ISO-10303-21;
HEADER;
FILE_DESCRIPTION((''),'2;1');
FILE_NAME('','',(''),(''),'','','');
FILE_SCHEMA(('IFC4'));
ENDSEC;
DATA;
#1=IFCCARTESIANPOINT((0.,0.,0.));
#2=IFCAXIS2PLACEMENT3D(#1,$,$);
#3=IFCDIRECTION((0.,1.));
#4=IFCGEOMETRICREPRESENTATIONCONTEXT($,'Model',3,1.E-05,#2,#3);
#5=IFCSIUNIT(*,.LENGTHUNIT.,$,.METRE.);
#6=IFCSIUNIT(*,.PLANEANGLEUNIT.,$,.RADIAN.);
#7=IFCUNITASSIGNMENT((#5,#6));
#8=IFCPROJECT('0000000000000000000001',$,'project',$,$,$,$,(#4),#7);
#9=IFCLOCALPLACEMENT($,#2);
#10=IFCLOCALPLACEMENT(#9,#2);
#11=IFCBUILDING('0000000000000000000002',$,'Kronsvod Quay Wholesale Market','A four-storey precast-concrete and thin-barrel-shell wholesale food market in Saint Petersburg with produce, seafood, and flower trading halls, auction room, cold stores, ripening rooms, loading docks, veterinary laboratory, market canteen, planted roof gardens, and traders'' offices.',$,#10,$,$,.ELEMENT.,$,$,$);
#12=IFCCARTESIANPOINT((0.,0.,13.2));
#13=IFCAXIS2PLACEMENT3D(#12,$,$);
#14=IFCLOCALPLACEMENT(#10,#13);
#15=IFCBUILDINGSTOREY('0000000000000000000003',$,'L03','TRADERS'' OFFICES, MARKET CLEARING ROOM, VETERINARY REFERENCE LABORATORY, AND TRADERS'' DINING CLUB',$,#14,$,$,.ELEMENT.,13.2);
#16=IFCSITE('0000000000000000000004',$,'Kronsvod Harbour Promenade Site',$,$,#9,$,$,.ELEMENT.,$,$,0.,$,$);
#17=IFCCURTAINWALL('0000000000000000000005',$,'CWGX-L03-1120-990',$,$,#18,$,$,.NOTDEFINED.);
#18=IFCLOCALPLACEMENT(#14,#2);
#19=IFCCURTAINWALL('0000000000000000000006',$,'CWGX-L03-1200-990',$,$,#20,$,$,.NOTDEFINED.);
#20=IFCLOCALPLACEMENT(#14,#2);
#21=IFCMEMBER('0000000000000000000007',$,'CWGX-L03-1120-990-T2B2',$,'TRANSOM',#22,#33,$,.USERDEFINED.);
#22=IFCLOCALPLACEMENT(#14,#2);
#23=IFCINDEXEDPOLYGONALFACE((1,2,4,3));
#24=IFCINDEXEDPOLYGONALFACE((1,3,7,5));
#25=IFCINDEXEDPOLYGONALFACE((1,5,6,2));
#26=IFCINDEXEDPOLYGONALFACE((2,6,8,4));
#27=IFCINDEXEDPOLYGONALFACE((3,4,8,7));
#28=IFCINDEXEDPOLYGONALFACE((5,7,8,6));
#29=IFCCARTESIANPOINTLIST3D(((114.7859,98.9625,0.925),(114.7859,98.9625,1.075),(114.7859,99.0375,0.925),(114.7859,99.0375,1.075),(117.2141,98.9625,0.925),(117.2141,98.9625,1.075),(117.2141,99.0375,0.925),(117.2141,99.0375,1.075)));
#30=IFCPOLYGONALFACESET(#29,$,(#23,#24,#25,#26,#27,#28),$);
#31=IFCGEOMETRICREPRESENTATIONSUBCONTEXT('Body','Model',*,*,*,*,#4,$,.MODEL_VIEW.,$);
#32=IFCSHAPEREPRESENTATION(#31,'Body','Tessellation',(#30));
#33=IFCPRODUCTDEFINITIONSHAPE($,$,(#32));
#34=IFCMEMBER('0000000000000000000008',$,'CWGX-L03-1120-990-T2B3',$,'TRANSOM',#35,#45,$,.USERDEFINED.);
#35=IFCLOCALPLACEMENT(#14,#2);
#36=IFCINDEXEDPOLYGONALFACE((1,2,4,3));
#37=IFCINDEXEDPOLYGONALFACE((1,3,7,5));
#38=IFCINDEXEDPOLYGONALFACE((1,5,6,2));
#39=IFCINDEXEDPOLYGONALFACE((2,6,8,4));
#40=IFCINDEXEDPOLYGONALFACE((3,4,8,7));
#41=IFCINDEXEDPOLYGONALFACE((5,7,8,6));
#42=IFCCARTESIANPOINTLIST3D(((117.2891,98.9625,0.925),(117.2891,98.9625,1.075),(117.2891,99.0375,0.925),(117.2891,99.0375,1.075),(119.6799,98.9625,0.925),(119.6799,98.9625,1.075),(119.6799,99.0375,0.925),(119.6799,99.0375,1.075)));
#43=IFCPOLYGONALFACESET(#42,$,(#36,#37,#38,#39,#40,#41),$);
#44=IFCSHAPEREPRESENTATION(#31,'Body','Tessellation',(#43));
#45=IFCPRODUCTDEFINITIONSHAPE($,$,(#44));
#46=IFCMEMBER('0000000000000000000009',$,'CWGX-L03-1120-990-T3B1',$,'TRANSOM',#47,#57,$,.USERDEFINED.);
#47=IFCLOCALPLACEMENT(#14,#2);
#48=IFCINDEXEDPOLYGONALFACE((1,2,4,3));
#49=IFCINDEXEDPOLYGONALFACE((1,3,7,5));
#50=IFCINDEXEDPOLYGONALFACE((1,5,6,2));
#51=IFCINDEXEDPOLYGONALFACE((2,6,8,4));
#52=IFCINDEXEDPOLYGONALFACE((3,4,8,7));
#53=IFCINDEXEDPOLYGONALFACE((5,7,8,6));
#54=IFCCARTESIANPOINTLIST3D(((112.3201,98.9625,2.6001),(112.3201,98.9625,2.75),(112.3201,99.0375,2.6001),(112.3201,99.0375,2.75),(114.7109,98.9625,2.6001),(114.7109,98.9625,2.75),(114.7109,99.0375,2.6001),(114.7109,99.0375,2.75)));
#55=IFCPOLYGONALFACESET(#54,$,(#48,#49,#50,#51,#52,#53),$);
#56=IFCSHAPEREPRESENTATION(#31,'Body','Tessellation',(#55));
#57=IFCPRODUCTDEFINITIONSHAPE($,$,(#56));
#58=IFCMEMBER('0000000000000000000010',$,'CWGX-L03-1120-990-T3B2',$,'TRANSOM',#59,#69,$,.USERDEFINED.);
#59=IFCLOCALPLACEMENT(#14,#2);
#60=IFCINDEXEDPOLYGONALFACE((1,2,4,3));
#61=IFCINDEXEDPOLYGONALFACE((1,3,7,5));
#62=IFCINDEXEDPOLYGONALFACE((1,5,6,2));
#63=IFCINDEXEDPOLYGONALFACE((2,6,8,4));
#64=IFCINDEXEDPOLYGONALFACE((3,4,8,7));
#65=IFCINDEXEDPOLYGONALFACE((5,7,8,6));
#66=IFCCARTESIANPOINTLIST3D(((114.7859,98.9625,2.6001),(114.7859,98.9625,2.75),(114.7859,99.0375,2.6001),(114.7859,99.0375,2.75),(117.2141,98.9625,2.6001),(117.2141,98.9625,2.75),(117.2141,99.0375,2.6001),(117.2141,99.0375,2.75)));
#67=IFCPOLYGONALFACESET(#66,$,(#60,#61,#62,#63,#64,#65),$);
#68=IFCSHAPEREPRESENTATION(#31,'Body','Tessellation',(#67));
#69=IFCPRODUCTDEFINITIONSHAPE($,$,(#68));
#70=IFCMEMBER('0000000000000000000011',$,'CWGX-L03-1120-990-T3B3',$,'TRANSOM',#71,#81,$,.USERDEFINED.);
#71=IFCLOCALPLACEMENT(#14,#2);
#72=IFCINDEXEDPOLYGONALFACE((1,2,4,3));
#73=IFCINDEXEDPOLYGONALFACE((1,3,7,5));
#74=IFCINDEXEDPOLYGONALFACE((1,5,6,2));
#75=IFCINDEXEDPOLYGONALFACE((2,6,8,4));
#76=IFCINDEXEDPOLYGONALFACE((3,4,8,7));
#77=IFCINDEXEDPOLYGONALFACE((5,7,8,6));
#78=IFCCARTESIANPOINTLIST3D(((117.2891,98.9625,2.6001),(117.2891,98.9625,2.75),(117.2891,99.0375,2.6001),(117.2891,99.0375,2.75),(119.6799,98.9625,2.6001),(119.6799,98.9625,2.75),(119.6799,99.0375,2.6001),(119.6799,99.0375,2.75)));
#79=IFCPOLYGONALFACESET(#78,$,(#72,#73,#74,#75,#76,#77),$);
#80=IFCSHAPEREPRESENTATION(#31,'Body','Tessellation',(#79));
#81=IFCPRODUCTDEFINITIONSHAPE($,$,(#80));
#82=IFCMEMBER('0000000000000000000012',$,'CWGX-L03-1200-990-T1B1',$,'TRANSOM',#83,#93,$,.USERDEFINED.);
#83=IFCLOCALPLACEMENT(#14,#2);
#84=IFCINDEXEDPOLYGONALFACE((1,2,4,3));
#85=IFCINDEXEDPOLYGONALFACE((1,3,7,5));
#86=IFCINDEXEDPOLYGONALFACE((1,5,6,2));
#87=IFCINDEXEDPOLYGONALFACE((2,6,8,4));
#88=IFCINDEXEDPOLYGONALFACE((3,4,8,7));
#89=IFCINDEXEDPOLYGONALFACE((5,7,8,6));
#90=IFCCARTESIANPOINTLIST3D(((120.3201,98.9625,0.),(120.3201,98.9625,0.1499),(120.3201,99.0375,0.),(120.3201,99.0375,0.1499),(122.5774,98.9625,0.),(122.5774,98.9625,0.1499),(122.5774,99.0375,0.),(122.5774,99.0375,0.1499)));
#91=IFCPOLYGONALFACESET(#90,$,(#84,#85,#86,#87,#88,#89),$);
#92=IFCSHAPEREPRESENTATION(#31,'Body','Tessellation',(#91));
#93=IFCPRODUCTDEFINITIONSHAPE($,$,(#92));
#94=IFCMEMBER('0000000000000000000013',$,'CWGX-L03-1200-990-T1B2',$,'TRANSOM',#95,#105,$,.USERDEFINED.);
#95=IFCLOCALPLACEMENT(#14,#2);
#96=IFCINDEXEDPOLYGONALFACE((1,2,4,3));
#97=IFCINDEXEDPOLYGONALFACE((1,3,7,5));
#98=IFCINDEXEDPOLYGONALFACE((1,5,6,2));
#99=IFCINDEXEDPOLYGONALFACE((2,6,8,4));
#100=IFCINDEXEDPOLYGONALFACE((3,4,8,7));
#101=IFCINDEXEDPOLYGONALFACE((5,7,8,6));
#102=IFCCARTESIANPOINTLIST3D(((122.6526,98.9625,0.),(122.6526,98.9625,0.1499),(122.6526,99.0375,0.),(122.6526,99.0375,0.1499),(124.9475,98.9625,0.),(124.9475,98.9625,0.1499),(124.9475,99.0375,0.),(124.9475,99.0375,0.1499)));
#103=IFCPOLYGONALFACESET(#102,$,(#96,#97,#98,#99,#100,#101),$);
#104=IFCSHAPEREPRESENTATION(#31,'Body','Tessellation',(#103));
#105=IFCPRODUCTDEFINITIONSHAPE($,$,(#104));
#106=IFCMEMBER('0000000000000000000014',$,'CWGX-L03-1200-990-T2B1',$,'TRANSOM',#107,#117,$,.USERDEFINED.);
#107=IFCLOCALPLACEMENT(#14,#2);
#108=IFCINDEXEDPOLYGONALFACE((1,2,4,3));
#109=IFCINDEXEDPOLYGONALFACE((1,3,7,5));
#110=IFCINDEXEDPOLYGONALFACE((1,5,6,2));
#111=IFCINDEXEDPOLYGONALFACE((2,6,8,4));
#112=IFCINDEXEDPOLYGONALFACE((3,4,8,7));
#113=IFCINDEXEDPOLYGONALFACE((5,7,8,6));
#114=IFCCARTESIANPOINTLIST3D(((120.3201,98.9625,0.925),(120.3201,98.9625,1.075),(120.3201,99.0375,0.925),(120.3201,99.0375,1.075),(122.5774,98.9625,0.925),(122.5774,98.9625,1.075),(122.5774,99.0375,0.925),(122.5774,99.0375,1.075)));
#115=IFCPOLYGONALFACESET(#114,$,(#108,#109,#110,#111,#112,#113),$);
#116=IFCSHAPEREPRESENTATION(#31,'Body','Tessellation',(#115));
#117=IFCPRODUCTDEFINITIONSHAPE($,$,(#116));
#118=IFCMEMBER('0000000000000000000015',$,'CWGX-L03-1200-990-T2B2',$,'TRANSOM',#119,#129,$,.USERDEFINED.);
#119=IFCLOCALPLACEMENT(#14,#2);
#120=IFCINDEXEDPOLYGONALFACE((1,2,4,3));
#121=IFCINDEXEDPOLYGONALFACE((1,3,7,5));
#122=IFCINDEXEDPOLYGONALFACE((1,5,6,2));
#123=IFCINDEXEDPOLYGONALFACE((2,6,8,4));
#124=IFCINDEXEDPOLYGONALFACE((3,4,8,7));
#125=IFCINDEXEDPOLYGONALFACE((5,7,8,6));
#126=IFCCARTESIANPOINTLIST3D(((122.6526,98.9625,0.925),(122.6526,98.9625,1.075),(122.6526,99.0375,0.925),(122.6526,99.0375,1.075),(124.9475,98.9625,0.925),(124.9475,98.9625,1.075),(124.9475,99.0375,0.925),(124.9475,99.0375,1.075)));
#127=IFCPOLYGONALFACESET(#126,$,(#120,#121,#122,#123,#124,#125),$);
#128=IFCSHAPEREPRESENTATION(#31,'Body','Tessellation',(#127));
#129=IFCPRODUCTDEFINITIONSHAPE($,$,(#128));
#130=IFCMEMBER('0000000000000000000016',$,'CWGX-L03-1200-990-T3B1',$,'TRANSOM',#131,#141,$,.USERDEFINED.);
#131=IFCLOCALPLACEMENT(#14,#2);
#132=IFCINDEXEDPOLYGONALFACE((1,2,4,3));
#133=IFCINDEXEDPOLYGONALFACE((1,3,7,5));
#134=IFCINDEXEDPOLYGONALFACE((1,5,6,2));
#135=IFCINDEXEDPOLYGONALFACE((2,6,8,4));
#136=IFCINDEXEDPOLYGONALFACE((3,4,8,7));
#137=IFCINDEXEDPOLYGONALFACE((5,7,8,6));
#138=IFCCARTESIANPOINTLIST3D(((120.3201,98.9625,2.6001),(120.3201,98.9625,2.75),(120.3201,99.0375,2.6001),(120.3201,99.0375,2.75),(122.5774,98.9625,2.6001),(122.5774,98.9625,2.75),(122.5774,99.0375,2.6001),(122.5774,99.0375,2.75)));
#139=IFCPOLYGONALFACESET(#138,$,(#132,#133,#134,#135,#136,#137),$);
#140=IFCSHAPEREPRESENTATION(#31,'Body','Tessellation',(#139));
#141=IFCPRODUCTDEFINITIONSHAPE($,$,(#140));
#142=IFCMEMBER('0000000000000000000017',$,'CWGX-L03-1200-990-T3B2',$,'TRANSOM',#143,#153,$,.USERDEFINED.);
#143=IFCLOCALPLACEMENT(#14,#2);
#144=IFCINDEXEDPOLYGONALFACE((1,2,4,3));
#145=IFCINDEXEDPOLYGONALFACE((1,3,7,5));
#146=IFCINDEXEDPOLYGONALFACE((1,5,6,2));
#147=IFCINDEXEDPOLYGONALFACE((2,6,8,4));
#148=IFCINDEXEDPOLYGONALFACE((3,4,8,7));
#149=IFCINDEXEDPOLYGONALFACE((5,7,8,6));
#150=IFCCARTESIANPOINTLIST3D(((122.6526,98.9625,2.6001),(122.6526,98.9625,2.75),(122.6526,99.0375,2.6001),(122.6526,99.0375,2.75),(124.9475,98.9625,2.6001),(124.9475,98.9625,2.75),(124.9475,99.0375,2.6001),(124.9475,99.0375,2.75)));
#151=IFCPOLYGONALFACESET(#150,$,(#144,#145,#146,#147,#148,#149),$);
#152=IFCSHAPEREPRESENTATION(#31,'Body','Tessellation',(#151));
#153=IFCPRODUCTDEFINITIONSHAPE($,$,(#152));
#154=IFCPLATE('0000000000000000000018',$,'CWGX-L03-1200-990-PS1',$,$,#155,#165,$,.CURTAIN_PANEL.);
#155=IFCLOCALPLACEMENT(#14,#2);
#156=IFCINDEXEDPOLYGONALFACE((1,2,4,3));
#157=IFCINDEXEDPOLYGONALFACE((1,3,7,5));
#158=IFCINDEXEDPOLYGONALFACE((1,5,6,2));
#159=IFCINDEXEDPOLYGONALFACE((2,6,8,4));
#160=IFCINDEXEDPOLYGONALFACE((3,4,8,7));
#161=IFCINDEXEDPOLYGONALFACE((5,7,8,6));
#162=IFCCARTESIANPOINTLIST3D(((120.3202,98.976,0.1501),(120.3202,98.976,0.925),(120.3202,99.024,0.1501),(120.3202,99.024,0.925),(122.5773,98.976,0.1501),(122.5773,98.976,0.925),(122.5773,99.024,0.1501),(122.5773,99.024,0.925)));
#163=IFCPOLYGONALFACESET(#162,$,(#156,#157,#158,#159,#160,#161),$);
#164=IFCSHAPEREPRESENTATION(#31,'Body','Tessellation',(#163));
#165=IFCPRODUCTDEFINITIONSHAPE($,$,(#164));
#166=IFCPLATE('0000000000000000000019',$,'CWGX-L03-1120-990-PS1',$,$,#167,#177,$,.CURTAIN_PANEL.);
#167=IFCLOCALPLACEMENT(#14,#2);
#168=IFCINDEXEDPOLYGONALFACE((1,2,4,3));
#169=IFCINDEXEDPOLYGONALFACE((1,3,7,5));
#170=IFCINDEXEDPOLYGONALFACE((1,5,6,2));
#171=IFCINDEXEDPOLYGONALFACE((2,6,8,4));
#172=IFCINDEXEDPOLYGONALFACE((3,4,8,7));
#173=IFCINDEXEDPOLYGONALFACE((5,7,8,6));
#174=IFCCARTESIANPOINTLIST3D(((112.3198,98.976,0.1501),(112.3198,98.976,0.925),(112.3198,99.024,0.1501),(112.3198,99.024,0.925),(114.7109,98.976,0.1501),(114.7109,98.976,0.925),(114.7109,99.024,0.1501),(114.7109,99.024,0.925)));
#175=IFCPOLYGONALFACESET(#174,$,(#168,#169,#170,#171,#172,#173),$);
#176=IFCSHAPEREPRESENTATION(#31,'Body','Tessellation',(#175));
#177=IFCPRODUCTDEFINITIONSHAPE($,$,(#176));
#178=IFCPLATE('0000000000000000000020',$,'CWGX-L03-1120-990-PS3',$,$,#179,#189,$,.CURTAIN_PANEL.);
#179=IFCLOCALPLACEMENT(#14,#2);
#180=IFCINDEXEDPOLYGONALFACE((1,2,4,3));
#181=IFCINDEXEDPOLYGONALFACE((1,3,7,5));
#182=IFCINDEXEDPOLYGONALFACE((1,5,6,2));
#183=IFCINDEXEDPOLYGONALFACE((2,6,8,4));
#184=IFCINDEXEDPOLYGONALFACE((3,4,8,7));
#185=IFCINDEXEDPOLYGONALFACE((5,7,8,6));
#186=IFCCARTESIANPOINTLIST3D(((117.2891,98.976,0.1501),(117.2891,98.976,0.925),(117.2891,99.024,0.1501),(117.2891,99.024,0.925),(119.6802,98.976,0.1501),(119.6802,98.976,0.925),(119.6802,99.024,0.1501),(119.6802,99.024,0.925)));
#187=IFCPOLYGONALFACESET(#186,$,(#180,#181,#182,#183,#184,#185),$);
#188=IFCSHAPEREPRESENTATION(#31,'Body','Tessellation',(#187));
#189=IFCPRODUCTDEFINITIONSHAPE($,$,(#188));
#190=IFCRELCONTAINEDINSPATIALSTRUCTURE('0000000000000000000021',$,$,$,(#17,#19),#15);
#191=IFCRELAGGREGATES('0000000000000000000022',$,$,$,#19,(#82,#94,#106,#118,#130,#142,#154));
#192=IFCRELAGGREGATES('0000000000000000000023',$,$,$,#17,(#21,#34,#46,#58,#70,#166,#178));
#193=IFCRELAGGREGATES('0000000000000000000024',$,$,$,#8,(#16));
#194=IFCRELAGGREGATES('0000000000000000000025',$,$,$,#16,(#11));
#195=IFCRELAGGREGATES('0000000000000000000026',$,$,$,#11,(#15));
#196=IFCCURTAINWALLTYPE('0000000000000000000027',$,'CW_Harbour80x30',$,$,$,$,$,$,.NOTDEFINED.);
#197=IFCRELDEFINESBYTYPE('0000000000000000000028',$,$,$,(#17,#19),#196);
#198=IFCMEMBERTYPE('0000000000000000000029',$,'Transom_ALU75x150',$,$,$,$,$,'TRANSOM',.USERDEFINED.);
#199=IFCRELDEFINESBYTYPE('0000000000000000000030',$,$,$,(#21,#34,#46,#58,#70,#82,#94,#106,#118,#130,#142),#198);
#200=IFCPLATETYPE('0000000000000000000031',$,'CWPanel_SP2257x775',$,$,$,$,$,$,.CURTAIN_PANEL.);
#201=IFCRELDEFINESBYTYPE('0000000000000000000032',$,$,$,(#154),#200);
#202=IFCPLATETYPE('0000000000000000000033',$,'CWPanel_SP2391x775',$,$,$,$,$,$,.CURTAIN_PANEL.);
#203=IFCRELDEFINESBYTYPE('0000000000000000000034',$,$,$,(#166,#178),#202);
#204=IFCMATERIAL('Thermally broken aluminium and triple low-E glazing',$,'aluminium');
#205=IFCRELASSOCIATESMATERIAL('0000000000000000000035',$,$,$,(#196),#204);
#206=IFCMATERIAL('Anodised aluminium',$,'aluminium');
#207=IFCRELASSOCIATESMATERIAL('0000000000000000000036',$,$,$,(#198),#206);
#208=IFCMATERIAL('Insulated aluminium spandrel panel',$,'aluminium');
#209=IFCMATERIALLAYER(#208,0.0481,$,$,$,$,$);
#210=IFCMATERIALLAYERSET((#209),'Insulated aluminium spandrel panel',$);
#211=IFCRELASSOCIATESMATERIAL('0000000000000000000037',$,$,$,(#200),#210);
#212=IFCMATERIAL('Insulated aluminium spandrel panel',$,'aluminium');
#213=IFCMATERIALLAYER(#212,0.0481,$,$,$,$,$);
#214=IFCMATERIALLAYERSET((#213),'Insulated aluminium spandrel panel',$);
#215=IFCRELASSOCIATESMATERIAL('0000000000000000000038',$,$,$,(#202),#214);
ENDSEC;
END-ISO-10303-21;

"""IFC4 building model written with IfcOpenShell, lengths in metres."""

from ifc_helpers import new_model, si_unit, direction, frame, origin, origin_2d, place, context, subcontext, project, spatial, rectangle, extrude, material, layer, layer_set, material_profile, profile_set, type_object, element, aggregate, save


model = new_model("IFC4")

# Units and contexts
model_context = context("Model", 3, precision=1e-05, world=origin(), true_north=direction((0.0, 1.0)))
body_context = subcontext(model_context, "Body", "Model", "MODEL_VIEW")
ifc_project = project(units=[si_unit("LENGTHUNIT", "METRE"), si_unit("PLANEANGLEUNIT", "RADIAN")], contexts=[model_context])

# Site, building, storey
site_placement = place(None, origin())
site = spatial("IfcSite", under=ifc_project, at=site_placement, Name="Kronsvod Harbour Promenade Site", CompositionType="ELEMENT", RefElevation=0.0)
building_placement = place(site_placement, origin())
building = spatial("IfcBuilding", under=site, at=building_placement, Name="Kronsvod Quay Wholesale Market", Description="A four-storey precast-concrete and thin-barrel-shell wholesale food market in Saint Petersburg with produce, seafood, and flower trading halls, auction room, cold stores, ripening rooms, loading docks, veterinary laboratory, market canteen, planted roof gardens, and traders' offices.", CompositionType="ELEMENT")
storey_placement = place(building_placement, frame((0.0, 0.0, 13.2)))
storey = spatial("IfcBuildingStorey", under=building, at=storey_placement, Name="L03", Description="TRADERS' OFFICES, MARKET CLEARING ROOM, VETERINARY REFERENCE LABORATORY, AND TRADERS' DINING CLUB", CompositionType="ELEMENT", Elevation=13.2)

# Curtain walls
ifc_material_1 = material(Name="Thermally broken aluminium and triple low-E glazing", Category="aluminium")
curtain_wall_type = type_object("IfcCurtainWallType", Name="CW_Harbour80x30", PredefinedType="NOTDEFINED", material=ifc_material_1)
curtain_wall_1_placement = place(storey_placement, origin())
curtain_wall_1 = element("IfcCurtainWall", 1, at=curtain_wall_1_placement, inside=storey, type_object=curtain_wall_type, Name="CWGX-L03-1120-990", PredefinedType="NOTDEFINED")
curtain_wall_2_placement = place(storey_placement, origin())
curtain_wall_2 = element("IfcCurtainWall", 2, at=curtain_wall_2_placement, inside=storey, type_object=curtain_wall_type, Name="CWGX-L03-1200-990", PredefinedType="NOTDEFINED")

# Members
ifc_material_2 = material(Name="Anodised aluminium", Category="aluminium")
ifc_material_profile_1 = material_profile(ifc_material_2, rectangle(XDim=0.075, YDim=0.1499, at=origin_2d()), Name="ALUT75x150")
ifc_profile_set_1 = profile_set([ifc_material_profile_1], Name="Anodised aluminium")
member_type_1 = type_object("IfcMemberType", Name="Transom_ALU75x150", ElementType="TRANSOM", PredefinedType="USERDEFINED", material=ifc_profile_set_1)
member_1_placement = place(storey_placement, frame((114.7859, 99.0, 1.0), z_axis=(1.0, 0.0, 0.0), x_axis=(0.0, 1.0, 0.0)))
member_1 = element("IfcMember", 3, at=member_1_placement, type_object=member_type_1, Name="CWGX-L03-1120-990-T2B2", ObjectType="TRANSOM", PredefinedType="USERDEFINED", context=body_context, shape_type="SweptSolid", body=[
    extrude(rectangle(XDim=0.075, YDim=0.1499, at=origin_2d()), origin(), (0.0, 0.0, 1.0), 2.4282),
])
member_2_placement = place(storey_placement, frame((117.2891, 99.0, 1.0), z_axis=(1.0, 0.0, 0.0), x_axis=(0.0, 1.0, 0.0)))
member_2 = element("IfcMember", 4, at=member_2_placement, type_object=member_type_1, Name="CWGX-L03-1120-990-T2B3", ObjectType="TRANSOM", PredefinedType="USERDEFINED", context=body_context, shape_type="SweptSolid", body=[
    extrude(rectangle(XDim=0.075, YDim=0.1499, at=origin_2d()), origin(), (0.0, 0.0, 1.0), 2.3909),
])
member_3_placement = place(storey_placement, frame((112.3201, 99.0, 2.675), z_axis=(1.0, 0.0, 0.0), x_axis=(0.0, 1.0, 0.0)))
member_3 = element("IfcMember", 5, at=member_3_placement, type_object=member_type_1, Name="CWGX-L03-1120-990-T3B1", ObjectType="TRANSOM", PredefinedType="USERDEFINED", context=body_context, shape_type="SweptSolid", body=[
    extrude(rectangle(XDim=0.075, YDim=0.1499, at=origin_2d()), origin(), (0.0, 0.0, 1.0), 2.3909),
])
member_4_placement = place(storey_placement, frame((114.7859, 99.0, 2.675), z_axis=(1.0, 0.0, 0.0), x_axis=(0.0, 1.0, 0.0)))
member_4 = element("IfcMember", 6, at=member_4_placement, type_object=member_type_1, Name="CWGX-L03-1120-990-T3B2", ObjectType="TRANSOM", PredefinedType="USERDEFINED", context=body_context, shape_type="SweptSolid", body=[
    extrude(rectangle(XDim=0.075, YDim=0.1499, at=origin_2d()), origin(), (0.0, 0.0, 1.0), 2.4282),
])
member_5_placement = place(storey_placement, frame((117.2891, 99.0, 2.675), z_axis=(1.0, 0.0, 0.0), x_axis=(0.0, 1.0, 0.0)))
member_5 = element("IfcMember", 7, at=member_5_placement, type_object=member_type_1, Name="CWGX-L03-1120-990-T3B3", ObjectType="TRANSOM", PredefinedType="USERDEFINED", context=body_context, shape_type="SweptSolid", body=[
    extrude(rectangle(XDim=0.075, YDim=0.1499, at=origin_2d()), origin(), (0.0, 0.0, 1.0), 2.3909),
])
member_6_placement = place(storey_placement, frame((120.3201, 99.0, 0.075), z_axis=(1.0, 0.0, 0.0), x_axis=(0.0, 1.0, 0.0)))
member_6 = element("IfcMember", 8, at=member_6_placement, type_object=member_type_1, Name="CWGX-L03-1200-990-T1B1", ObjectType="TRANSOM", PredefinedType="USERDEFINED", context=body_context, shape_type="SweptSolid", body=[
    extrude(rectangle(XDim=0.075, YDim=0.1499, at=origin_2d()), origin(), (0.0, 0.0, 1.0), 2.2573),
])
member_7_placement = place(storey_placement, frame((122.6526, 99.0, 0.075), z_axis=(1.0, 0.0, 0.0), x_axis=(0.0, 1.0, 0.0)))
member_7 = element("IfcMember", 9, at=member_7_placement, type_object=member_type_1, Name="CWGX-L03-1200-990-T1B2", ObjectType="TRANSOM", PredefinedType="USERDEFINED", context=body_context, shape_type="SweptSolid", body=[
    extrude(rectangle(XDim=0.075, YDim=0.1499, at=origin_2d()), origin(), (0.0, 0.0, 1.0), 2.2949),
])
member_8_placement = place(storey_placement, frame((120.3201, 99.0, 1.0), z_axis=(1.0, 0.0, 0.0), x_axis=(0.0, 1.0, 0.0)))
member_8 = element("IfcMember", 10, at=member_8_placement, type_object=member_type_1, Name="CWGX-L03-1200-990-T2B1", ObjectType="TRANSOM", PredefinedType="USERDEFINED", context=body_context, shape_type="SweptSolid", body=[
    extrude(rectangle(XDim=0.075, YDim=0.1499, at=origin_2d()), origin(), (0.0, 0.0, 1.0), 2.2573),
])
member_9_placement = place(storey_placement, frame((122.6526, 99.0, 1.0), z_axis=(1.0, 0.0, 0.0), x_axis=(0.0, 1.0, 0.0)))
member_9 = element("IfcMember", 11, at=member_9_placement, type_object=member_type_1, Name="CWGX-L03-1200-990-T2B2", ObjectType="TRANSOM", PredefinedType="USERDEFINED", context=body_context, shape_type="SweptSolid", body=[
    extrude(rectangle(XDim=0.075, YDim=0.1499, at=origin_2d()), origin(), (0.0, 0.0, 1.0), 2.2949),
])
member_10_placement = place(storey_placement, frame((120.3201, 99.0, 2.675), z_axis=(1.0, 0.0, 0.0), x_axis=(0.0, 1.0, 0.0)))
member_10 = element("IfcMember", 12, at=member_10_placement, type_object=member_type_1, Name="CWGX-L03-1200-990-T3B1", ObjectType="TRANSOM", PredefinedType="USERDEFINED", context=body_context, shape_type="SweptSolid", body=[
    extrude(rectangle(XDim=0.075, YDim=0.1499, at=origin_2d()), origin(), (0.0, 0.0, 1.0), 2.2573),
])
member_11_placement = place(storey_placement, frame((122.6526, 99.0, 2.675), z_axis=(1.0, 0.0, 0.0), x_axis=(0.0, 1.0, 0.0)))
member_11 = element("IfcMember", 13, at=member_11_placement, type_object=member_type_1, Name="CWGX-L03-1200-990-T3B2", ObjectType="TRANSOM", PredefinedType="USERDEFINED", context=body_context, shape_type="SweptSolid", body=[
    extrude(rectangle(XDim=0.075, YDim=0.1499, at=origin_2d()), origin(), (0.0, 0.0, 1.0), 2.2949),
])

# Plates
ifc_material_3 = material(Name="Insulated aluminium spandrel panel", Category="aluminium")
ifc_layer_1 = layer(ifc_material_3, 0.0481)
ifc_layer_set_1 = layer_set([ifc_layer_1], Name="Insulated aluminium spandrel panel")
plate_type_1 = type_object("IfcPlateType", Name="CWPanel_SP2257x775", PredefinedType="CURTAIN_PANEL", material=ifc_layer_set_1)
plate_1_placement = place(storey_placement, frame((121.4487, 99.0, 0.1501), z_axis=(0.0, 0.0, 1.0), x_axis=(1.0, 0.0, 0.0)))
plate_1 = element("IfcPlate", 14, at=plate_1_placement, type_object=plate_type_1, Name="CWGX-L03-1200-990-PS1", PredefinedType="CURTAIN_PANEL", context=body_context, shape_type="SweptSolid", body=[
    extrude(rectangle(XDim=2.2571, YDim=0.0481, at=origin_2d()), origin(), (0.0, 0.0, 1.0), 0.7749),
])
ifc_material_4 = material(Name="Insulated aluminium spandrel panel", Category="aluminium")
ifc_layer_2 = layer(ifc_material_4, 0.0481)
ifc_layer_set_2 = layer_set([ifc_layer_2], Name="Insulated aluminium spandrel panel")
plate_type_2 = type_object("IfcPlateType", Name="CWPanel_SP2391x775", PredefinedType="CURTAIN_PANEL", material=ifc_layer_set_2)
plate_2_placement = place(storey_placement, frame((113.5154, 99.0, 0.1501), z_axis=(0.0, 0.0, 1.0), x_axis=(1.0, 0.0, 0.0)))
plate_2 = element("IfcPlate", 15, at=plate_2_placement, type_object=plate_type_2, Name="CWGX-L03-1120-990-PS1", PredefinedType="CURTAIN_PANEL", context=body_context, shape_type="SweptSolid", body=[
    extrude(rectangle(XDim=2.3911, YDim=0.0481, at=origin_2d()), origin(), (0.0, 0.0, 1.0), 0.7749),
])
plate_3_placement = place(storey_placement, frame((118.4846, 99.0, 0.1501), z_axis=(0.0, 0.0, 1.0), x_axis=(1.0, 0.0, 0.0)))
plate_3 = element("IfcPlate", 16, at=plate_3_placement, type_object=plate_type_2, Name="CWGX-L03-1120-990-PS3", PredefinedType="CURTAIN_PANEL", context=body_context, shape_type="SweptSolid", body=[
    extrude(rectangle(XDim=2.3911, YDim=0.0481, at=origin_2d()), origin(), (0.0, 0.0, 1.0), 0.7749),
])
aggregate(curtain_wall_2, [member_6, member_7, member_8, member_9, member_10, member_11, plate_1])
aggregate(curtain_wall_1, [member_1, member_2, member_3, member_4, member_5, plate_2, plate_3])

save(model, "model.ifc")
